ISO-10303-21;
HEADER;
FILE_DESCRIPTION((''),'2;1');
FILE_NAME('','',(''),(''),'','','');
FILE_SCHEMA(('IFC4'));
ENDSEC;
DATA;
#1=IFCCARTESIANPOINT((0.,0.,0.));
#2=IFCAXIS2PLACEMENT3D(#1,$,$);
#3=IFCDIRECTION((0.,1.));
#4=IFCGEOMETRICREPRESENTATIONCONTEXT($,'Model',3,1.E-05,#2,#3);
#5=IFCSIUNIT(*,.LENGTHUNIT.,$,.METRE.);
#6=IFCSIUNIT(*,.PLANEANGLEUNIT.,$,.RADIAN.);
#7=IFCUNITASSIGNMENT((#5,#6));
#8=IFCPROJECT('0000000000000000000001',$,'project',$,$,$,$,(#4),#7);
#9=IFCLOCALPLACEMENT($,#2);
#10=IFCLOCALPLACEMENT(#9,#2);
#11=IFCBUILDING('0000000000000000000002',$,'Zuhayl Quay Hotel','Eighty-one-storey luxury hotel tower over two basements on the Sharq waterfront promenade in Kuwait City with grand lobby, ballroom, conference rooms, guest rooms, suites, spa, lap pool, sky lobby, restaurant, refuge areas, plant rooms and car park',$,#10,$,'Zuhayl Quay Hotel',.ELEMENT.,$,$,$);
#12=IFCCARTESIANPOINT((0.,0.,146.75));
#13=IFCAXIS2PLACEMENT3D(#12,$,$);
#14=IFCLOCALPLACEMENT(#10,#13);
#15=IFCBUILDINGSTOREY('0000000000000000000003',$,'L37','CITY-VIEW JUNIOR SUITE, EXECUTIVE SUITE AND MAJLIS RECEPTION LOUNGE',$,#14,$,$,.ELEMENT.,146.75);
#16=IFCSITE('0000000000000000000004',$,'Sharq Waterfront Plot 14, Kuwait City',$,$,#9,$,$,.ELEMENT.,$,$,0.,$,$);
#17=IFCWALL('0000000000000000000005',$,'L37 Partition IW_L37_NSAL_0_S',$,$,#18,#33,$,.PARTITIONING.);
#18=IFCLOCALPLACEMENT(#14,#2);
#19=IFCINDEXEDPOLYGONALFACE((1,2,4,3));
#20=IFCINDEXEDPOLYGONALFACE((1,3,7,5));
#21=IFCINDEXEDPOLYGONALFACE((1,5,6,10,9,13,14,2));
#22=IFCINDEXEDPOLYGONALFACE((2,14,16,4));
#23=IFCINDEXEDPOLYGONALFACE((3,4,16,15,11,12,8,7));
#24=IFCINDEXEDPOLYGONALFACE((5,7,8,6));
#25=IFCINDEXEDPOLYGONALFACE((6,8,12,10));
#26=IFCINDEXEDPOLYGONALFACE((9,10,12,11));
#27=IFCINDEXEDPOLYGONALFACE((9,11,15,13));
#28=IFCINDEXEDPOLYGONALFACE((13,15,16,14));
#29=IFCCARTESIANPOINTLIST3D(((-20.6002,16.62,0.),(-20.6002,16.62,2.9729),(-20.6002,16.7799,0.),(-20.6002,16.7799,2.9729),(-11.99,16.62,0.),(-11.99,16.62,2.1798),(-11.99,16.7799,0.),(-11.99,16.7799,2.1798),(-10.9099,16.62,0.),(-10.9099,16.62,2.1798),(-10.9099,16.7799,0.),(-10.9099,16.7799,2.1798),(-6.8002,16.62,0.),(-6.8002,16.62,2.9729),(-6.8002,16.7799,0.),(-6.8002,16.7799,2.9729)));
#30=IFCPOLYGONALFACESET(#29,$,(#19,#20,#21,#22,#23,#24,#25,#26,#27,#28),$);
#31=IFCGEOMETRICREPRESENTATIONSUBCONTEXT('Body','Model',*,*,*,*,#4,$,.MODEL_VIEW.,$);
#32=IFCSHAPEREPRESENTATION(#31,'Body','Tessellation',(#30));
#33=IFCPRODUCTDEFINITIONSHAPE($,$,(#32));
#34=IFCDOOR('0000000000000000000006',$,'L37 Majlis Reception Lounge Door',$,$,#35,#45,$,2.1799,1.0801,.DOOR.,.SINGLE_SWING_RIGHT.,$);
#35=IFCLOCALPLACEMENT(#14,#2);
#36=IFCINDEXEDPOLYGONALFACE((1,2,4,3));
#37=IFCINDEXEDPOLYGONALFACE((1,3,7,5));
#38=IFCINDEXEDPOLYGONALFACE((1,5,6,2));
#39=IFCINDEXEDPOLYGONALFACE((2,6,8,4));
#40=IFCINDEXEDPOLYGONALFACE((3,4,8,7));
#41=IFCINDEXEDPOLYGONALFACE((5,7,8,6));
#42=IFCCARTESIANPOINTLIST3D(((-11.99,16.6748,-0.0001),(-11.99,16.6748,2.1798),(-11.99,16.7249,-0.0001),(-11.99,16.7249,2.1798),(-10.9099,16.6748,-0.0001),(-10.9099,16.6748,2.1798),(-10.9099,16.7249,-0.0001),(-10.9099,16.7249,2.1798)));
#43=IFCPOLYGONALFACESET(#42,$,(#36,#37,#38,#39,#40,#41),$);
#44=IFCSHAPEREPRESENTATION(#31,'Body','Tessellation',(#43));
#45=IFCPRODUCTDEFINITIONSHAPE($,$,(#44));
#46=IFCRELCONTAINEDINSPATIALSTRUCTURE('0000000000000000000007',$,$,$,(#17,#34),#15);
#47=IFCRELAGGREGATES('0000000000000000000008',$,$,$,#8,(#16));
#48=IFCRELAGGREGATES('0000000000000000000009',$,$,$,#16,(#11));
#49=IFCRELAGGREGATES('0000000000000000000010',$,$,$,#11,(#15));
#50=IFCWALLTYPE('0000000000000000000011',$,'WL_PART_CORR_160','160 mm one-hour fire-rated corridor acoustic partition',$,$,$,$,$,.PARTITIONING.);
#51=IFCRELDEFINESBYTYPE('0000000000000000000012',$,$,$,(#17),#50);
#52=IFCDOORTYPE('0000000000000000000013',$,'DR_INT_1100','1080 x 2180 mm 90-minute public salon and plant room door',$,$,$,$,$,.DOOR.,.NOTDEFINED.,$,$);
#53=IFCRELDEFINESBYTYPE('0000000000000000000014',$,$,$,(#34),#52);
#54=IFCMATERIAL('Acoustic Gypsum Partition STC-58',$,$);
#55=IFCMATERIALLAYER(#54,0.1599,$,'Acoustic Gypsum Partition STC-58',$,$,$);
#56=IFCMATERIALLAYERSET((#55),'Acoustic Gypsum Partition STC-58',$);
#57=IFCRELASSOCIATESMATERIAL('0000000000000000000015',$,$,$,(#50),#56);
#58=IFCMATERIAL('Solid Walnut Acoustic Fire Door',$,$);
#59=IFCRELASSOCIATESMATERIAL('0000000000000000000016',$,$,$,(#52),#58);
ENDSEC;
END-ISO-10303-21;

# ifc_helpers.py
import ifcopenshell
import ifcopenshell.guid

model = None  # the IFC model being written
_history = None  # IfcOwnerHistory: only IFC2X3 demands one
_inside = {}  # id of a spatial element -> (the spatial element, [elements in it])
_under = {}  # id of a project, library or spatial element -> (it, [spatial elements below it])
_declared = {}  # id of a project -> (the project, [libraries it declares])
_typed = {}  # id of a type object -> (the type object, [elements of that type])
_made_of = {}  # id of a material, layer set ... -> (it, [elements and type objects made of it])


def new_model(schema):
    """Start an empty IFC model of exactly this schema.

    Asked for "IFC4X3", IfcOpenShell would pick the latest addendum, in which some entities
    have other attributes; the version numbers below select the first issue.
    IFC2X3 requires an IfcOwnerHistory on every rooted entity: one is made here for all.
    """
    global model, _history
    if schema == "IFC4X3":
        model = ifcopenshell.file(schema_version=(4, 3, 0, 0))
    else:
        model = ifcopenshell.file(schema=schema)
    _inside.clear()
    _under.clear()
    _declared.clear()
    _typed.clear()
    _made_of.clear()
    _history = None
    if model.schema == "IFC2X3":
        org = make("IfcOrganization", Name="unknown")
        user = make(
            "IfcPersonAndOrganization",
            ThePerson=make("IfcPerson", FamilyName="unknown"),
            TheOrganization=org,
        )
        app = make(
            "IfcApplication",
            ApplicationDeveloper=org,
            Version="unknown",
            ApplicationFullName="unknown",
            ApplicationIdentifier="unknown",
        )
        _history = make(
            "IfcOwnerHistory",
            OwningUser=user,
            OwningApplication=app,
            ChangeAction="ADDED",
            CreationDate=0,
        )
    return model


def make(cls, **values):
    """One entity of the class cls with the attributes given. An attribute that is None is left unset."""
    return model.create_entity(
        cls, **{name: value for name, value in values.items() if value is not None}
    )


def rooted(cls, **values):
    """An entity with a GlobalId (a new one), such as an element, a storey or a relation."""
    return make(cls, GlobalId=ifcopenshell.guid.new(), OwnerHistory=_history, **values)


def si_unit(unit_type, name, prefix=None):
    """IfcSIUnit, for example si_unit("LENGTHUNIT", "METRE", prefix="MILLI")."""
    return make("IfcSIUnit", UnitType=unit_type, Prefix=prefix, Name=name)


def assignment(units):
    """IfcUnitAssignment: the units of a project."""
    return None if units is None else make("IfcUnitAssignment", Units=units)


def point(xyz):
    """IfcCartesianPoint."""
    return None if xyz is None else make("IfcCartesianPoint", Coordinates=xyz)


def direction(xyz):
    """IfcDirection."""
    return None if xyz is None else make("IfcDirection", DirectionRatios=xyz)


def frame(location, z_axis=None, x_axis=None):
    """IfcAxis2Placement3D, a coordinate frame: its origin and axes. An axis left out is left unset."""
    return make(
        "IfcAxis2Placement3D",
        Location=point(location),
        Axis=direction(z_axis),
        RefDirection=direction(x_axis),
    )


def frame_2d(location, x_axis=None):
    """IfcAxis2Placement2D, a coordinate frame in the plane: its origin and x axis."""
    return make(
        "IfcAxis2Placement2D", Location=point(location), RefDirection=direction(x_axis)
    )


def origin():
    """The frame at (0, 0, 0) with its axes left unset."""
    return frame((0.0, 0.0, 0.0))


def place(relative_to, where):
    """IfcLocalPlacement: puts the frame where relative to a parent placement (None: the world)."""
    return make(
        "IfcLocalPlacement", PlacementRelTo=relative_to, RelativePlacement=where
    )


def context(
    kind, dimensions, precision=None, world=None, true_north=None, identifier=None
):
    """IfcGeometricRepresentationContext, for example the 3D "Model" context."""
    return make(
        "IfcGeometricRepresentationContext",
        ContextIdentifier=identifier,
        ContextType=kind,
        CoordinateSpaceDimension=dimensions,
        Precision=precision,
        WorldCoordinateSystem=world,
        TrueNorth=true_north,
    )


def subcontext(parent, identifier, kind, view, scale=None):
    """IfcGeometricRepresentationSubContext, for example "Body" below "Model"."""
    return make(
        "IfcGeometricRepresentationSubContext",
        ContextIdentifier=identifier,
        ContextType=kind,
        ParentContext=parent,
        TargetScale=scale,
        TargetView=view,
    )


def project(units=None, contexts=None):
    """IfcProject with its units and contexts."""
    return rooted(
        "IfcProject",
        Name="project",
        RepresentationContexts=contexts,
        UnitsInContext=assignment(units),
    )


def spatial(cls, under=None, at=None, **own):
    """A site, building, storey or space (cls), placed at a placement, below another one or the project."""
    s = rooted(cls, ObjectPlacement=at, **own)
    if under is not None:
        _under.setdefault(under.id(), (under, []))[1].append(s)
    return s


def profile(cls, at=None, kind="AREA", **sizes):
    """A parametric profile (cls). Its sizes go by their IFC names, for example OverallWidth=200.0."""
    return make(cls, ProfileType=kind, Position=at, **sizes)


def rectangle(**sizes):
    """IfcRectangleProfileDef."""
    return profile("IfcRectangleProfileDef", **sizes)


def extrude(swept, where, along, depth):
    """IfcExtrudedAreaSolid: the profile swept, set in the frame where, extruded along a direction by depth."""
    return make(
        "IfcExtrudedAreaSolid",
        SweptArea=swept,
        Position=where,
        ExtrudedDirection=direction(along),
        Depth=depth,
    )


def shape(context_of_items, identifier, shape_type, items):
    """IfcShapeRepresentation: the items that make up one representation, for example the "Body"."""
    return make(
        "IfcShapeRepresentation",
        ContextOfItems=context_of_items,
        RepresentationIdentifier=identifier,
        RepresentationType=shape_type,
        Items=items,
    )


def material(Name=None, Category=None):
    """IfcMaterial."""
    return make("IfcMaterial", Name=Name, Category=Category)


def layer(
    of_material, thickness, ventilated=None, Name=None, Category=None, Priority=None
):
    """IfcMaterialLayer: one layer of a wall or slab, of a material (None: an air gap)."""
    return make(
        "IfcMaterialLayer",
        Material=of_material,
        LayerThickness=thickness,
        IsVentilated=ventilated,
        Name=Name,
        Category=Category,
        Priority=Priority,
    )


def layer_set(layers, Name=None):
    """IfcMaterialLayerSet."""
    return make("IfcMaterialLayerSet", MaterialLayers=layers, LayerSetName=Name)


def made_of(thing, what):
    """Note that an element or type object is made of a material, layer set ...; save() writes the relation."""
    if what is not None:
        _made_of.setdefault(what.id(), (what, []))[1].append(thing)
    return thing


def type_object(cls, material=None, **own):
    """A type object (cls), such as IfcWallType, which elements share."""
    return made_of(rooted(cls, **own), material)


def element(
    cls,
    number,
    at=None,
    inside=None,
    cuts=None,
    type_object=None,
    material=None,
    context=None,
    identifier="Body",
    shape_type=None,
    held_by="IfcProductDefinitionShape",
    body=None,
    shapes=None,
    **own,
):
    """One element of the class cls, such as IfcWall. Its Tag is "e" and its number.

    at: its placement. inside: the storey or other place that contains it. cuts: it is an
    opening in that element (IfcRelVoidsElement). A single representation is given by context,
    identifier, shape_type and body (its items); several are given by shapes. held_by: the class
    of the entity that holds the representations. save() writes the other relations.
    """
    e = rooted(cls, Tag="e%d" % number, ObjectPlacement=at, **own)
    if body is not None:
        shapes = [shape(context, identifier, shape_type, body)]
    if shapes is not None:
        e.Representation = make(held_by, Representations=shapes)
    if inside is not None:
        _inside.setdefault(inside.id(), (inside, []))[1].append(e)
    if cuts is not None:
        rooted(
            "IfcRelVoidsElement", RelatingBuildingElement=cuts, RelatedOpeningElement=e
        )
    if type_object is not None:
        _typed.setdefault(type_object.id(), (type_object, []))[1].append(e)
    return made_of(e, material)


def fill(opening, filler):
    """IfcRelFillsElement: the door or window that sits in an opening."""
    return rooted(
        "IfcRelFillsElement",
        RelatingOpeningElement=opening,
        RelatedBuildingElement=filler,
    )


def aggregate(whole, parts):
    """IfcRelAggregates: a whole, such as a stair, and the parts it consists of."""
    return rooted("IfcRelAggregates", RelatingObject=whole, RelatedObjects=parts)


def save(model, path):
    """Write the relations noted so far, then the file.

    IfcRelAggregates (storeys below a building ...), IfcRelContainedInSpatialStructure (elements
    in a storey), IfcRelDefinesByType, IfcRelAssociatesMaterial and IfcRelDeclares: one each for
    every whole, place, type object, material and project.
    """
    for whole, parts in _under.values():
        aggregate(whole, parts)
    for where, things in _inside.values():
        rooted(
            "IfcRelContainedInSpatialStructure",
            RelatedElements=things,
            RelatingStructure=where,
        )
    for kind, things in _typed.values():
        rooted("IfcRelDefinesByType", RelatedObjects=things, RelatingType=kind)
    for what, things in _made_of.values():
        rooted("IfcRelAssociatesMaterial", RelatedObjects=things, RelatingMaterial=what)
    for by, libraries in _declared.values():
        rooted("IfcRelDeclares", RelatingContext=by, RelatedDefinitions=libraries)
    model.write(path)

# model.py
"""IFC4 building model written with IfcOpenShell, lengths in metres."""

from ifc_helpers import new_model, si_unit, direction, frame, frame_2d, origin, place, context, subcontext, project, spatial, rectangle, extrude, material, layer, layer_set, type_object, element, fill, save


model = new_model("IFC4")

# Units and contexts
model_context = context("Model", 3, precision=1e-05, world=origin(), true_north=direction((0.0, 1.0)))
body_context = subcontext(model_context, "Body", "Model", "MODEL_VIEW")
ifc_project = project(units=[si_unit("LENGTHUNIT", "METRE"), si_unit("PLANEANGLEUNIT", "RADIAN")], contexts=[model_context])

# Site, building, storey
site_placement = place(None, origin())
site = spatial("IfcSite", under=ifc_project, at=site_placement, Name="Sharq Waterfront Plot 14, Kuwait City", CompositionType="ELEMENT", RefElevation=0.0)
building_placement = place(site_placement, origin())
building = spatial("IfcBuilding", under=site, at=building_placement, Name="Zuhayl Quay Hotel", Description="Eighty-one-storey luxury hotel tower over two basements on the Sharq waterfront promenade in Kuwait City with grand lobby, ballroom, conference rooms, guest rooms, suites, spa, lap pool, sky lobby, restaurant, refuge areas, plant rooms and car park", LongName="Zuhayl Quay Hotel", CompositionType="ELEMENT")
storey_placement = place(building_placement, frame((0.0, 0.0, 146.75)))
storey = spatial("IfcBuildingStorey", under=building, at=storey_placement, Name="L37", Description="CITY-VIEW JUNIOR SUITE, EXECUTIVE SUITE AND MAJLIS RECEPTION LOUNGE", CompositionType="ELEMENT", Elevation=146.75)

# Shared definitions
ifc_material_1 = material(Name="Acoustic Gypsum Partition STC-58")

# Wall, opening, door
ifc_layer_1 = layer(ifc_material_1, 0.1599, Name="Acoustic Gypsum Partition STC-58")
ifc_layer_set_1 = layer_set([ifc_layer_1], Name="Acoustic Gypsum Partition STC-58")
wall_type_1 = type_object("IfcWallType", Name="WL_PART_CORR_160", Description="160 mm one-hour fire-rated corridor acoustic partition", PredefinedType="PARTITIONING", material=ifc_layer_set_1)
wall_1_placement = place(storey_placement, frame((-20.6001, 16.7, 0.0), z_axis=(0.0, 0.0, 1.0), x_axis=(1.0, 0.0, 0.0)))
wall_1 = element("IfcWall", 1, at=wall_1_placement, inside=storey, type_object=wall_type_1, Name="L37 Partition IW_L37_NSAL_0_S", PredefinedType="PARTITIONING", context=body_context, shape_type="SweptSolid", body=[
    extrude(rectangle(XDim=13.8, YDim=0.1599, at=frame_2d((6.8999, 0.0))), origin(), (0.0, 0.0, 1.0), 2.9729),
])
opening_1_placement = place(wall_1_placement, frame((8.6101, 0.0, 0.0)))
opening_1 = element("IfcOpeningElement", 2, at=opening_1_placement, cuts=wall_1, PredefinedType="OPENING", context=body_context, shape_type="SweptSolid", body=[
    extrude(rectangle(XDim=1.0801, YDim=2.1799, at=frame_2d((0.54, 1.0898))), frame((0.0, 0.0898, 0.0), z_axis=(0.0, -1.0, 0.0), x_axis=(1.0, 0.0, 0.0)), (0.0, 0.0, 1.0), 0.1799),
])
ifc_material_2 = material(Name="Solid Walnut Acoustic Fire Door")
door_type = type_object("IfcDoorType", Name="DR_INT_1100", Description="1080 x 2180 mm 90-minute public salon and plant room door", OperationType="NOTDEFINED", PredefinedType="DOOR", material=ifc_material_2)
door_placement = place(opening_1_placement, origin())
door = element("IfcDoor", 3, at=door_placement, inside=storey, type_object=door_type, Name="L37 Majlis Reception Lounge Door", OperationType="SINGLE_SWING_RIGHT", OverallHeight=2.1799, OverallWidth=1.0801, PredefinedType="DOOR", context=body_context, shape_type="SweptSolid", body=[
    extrude(rectangle(XDim=1.0801, YDim=2.1799, at=frame_2d((0.54, 1.0898))), frame((0.0, 0.0249, 0.0), z_axis=(0.0, -1.0, 0.0), x_axis=(1.0, 0.0, 0.0)), (0.0, 0.0, 1.0), 0.05),
])
fill(opening_1, door)

save(model, "model.ifc")
